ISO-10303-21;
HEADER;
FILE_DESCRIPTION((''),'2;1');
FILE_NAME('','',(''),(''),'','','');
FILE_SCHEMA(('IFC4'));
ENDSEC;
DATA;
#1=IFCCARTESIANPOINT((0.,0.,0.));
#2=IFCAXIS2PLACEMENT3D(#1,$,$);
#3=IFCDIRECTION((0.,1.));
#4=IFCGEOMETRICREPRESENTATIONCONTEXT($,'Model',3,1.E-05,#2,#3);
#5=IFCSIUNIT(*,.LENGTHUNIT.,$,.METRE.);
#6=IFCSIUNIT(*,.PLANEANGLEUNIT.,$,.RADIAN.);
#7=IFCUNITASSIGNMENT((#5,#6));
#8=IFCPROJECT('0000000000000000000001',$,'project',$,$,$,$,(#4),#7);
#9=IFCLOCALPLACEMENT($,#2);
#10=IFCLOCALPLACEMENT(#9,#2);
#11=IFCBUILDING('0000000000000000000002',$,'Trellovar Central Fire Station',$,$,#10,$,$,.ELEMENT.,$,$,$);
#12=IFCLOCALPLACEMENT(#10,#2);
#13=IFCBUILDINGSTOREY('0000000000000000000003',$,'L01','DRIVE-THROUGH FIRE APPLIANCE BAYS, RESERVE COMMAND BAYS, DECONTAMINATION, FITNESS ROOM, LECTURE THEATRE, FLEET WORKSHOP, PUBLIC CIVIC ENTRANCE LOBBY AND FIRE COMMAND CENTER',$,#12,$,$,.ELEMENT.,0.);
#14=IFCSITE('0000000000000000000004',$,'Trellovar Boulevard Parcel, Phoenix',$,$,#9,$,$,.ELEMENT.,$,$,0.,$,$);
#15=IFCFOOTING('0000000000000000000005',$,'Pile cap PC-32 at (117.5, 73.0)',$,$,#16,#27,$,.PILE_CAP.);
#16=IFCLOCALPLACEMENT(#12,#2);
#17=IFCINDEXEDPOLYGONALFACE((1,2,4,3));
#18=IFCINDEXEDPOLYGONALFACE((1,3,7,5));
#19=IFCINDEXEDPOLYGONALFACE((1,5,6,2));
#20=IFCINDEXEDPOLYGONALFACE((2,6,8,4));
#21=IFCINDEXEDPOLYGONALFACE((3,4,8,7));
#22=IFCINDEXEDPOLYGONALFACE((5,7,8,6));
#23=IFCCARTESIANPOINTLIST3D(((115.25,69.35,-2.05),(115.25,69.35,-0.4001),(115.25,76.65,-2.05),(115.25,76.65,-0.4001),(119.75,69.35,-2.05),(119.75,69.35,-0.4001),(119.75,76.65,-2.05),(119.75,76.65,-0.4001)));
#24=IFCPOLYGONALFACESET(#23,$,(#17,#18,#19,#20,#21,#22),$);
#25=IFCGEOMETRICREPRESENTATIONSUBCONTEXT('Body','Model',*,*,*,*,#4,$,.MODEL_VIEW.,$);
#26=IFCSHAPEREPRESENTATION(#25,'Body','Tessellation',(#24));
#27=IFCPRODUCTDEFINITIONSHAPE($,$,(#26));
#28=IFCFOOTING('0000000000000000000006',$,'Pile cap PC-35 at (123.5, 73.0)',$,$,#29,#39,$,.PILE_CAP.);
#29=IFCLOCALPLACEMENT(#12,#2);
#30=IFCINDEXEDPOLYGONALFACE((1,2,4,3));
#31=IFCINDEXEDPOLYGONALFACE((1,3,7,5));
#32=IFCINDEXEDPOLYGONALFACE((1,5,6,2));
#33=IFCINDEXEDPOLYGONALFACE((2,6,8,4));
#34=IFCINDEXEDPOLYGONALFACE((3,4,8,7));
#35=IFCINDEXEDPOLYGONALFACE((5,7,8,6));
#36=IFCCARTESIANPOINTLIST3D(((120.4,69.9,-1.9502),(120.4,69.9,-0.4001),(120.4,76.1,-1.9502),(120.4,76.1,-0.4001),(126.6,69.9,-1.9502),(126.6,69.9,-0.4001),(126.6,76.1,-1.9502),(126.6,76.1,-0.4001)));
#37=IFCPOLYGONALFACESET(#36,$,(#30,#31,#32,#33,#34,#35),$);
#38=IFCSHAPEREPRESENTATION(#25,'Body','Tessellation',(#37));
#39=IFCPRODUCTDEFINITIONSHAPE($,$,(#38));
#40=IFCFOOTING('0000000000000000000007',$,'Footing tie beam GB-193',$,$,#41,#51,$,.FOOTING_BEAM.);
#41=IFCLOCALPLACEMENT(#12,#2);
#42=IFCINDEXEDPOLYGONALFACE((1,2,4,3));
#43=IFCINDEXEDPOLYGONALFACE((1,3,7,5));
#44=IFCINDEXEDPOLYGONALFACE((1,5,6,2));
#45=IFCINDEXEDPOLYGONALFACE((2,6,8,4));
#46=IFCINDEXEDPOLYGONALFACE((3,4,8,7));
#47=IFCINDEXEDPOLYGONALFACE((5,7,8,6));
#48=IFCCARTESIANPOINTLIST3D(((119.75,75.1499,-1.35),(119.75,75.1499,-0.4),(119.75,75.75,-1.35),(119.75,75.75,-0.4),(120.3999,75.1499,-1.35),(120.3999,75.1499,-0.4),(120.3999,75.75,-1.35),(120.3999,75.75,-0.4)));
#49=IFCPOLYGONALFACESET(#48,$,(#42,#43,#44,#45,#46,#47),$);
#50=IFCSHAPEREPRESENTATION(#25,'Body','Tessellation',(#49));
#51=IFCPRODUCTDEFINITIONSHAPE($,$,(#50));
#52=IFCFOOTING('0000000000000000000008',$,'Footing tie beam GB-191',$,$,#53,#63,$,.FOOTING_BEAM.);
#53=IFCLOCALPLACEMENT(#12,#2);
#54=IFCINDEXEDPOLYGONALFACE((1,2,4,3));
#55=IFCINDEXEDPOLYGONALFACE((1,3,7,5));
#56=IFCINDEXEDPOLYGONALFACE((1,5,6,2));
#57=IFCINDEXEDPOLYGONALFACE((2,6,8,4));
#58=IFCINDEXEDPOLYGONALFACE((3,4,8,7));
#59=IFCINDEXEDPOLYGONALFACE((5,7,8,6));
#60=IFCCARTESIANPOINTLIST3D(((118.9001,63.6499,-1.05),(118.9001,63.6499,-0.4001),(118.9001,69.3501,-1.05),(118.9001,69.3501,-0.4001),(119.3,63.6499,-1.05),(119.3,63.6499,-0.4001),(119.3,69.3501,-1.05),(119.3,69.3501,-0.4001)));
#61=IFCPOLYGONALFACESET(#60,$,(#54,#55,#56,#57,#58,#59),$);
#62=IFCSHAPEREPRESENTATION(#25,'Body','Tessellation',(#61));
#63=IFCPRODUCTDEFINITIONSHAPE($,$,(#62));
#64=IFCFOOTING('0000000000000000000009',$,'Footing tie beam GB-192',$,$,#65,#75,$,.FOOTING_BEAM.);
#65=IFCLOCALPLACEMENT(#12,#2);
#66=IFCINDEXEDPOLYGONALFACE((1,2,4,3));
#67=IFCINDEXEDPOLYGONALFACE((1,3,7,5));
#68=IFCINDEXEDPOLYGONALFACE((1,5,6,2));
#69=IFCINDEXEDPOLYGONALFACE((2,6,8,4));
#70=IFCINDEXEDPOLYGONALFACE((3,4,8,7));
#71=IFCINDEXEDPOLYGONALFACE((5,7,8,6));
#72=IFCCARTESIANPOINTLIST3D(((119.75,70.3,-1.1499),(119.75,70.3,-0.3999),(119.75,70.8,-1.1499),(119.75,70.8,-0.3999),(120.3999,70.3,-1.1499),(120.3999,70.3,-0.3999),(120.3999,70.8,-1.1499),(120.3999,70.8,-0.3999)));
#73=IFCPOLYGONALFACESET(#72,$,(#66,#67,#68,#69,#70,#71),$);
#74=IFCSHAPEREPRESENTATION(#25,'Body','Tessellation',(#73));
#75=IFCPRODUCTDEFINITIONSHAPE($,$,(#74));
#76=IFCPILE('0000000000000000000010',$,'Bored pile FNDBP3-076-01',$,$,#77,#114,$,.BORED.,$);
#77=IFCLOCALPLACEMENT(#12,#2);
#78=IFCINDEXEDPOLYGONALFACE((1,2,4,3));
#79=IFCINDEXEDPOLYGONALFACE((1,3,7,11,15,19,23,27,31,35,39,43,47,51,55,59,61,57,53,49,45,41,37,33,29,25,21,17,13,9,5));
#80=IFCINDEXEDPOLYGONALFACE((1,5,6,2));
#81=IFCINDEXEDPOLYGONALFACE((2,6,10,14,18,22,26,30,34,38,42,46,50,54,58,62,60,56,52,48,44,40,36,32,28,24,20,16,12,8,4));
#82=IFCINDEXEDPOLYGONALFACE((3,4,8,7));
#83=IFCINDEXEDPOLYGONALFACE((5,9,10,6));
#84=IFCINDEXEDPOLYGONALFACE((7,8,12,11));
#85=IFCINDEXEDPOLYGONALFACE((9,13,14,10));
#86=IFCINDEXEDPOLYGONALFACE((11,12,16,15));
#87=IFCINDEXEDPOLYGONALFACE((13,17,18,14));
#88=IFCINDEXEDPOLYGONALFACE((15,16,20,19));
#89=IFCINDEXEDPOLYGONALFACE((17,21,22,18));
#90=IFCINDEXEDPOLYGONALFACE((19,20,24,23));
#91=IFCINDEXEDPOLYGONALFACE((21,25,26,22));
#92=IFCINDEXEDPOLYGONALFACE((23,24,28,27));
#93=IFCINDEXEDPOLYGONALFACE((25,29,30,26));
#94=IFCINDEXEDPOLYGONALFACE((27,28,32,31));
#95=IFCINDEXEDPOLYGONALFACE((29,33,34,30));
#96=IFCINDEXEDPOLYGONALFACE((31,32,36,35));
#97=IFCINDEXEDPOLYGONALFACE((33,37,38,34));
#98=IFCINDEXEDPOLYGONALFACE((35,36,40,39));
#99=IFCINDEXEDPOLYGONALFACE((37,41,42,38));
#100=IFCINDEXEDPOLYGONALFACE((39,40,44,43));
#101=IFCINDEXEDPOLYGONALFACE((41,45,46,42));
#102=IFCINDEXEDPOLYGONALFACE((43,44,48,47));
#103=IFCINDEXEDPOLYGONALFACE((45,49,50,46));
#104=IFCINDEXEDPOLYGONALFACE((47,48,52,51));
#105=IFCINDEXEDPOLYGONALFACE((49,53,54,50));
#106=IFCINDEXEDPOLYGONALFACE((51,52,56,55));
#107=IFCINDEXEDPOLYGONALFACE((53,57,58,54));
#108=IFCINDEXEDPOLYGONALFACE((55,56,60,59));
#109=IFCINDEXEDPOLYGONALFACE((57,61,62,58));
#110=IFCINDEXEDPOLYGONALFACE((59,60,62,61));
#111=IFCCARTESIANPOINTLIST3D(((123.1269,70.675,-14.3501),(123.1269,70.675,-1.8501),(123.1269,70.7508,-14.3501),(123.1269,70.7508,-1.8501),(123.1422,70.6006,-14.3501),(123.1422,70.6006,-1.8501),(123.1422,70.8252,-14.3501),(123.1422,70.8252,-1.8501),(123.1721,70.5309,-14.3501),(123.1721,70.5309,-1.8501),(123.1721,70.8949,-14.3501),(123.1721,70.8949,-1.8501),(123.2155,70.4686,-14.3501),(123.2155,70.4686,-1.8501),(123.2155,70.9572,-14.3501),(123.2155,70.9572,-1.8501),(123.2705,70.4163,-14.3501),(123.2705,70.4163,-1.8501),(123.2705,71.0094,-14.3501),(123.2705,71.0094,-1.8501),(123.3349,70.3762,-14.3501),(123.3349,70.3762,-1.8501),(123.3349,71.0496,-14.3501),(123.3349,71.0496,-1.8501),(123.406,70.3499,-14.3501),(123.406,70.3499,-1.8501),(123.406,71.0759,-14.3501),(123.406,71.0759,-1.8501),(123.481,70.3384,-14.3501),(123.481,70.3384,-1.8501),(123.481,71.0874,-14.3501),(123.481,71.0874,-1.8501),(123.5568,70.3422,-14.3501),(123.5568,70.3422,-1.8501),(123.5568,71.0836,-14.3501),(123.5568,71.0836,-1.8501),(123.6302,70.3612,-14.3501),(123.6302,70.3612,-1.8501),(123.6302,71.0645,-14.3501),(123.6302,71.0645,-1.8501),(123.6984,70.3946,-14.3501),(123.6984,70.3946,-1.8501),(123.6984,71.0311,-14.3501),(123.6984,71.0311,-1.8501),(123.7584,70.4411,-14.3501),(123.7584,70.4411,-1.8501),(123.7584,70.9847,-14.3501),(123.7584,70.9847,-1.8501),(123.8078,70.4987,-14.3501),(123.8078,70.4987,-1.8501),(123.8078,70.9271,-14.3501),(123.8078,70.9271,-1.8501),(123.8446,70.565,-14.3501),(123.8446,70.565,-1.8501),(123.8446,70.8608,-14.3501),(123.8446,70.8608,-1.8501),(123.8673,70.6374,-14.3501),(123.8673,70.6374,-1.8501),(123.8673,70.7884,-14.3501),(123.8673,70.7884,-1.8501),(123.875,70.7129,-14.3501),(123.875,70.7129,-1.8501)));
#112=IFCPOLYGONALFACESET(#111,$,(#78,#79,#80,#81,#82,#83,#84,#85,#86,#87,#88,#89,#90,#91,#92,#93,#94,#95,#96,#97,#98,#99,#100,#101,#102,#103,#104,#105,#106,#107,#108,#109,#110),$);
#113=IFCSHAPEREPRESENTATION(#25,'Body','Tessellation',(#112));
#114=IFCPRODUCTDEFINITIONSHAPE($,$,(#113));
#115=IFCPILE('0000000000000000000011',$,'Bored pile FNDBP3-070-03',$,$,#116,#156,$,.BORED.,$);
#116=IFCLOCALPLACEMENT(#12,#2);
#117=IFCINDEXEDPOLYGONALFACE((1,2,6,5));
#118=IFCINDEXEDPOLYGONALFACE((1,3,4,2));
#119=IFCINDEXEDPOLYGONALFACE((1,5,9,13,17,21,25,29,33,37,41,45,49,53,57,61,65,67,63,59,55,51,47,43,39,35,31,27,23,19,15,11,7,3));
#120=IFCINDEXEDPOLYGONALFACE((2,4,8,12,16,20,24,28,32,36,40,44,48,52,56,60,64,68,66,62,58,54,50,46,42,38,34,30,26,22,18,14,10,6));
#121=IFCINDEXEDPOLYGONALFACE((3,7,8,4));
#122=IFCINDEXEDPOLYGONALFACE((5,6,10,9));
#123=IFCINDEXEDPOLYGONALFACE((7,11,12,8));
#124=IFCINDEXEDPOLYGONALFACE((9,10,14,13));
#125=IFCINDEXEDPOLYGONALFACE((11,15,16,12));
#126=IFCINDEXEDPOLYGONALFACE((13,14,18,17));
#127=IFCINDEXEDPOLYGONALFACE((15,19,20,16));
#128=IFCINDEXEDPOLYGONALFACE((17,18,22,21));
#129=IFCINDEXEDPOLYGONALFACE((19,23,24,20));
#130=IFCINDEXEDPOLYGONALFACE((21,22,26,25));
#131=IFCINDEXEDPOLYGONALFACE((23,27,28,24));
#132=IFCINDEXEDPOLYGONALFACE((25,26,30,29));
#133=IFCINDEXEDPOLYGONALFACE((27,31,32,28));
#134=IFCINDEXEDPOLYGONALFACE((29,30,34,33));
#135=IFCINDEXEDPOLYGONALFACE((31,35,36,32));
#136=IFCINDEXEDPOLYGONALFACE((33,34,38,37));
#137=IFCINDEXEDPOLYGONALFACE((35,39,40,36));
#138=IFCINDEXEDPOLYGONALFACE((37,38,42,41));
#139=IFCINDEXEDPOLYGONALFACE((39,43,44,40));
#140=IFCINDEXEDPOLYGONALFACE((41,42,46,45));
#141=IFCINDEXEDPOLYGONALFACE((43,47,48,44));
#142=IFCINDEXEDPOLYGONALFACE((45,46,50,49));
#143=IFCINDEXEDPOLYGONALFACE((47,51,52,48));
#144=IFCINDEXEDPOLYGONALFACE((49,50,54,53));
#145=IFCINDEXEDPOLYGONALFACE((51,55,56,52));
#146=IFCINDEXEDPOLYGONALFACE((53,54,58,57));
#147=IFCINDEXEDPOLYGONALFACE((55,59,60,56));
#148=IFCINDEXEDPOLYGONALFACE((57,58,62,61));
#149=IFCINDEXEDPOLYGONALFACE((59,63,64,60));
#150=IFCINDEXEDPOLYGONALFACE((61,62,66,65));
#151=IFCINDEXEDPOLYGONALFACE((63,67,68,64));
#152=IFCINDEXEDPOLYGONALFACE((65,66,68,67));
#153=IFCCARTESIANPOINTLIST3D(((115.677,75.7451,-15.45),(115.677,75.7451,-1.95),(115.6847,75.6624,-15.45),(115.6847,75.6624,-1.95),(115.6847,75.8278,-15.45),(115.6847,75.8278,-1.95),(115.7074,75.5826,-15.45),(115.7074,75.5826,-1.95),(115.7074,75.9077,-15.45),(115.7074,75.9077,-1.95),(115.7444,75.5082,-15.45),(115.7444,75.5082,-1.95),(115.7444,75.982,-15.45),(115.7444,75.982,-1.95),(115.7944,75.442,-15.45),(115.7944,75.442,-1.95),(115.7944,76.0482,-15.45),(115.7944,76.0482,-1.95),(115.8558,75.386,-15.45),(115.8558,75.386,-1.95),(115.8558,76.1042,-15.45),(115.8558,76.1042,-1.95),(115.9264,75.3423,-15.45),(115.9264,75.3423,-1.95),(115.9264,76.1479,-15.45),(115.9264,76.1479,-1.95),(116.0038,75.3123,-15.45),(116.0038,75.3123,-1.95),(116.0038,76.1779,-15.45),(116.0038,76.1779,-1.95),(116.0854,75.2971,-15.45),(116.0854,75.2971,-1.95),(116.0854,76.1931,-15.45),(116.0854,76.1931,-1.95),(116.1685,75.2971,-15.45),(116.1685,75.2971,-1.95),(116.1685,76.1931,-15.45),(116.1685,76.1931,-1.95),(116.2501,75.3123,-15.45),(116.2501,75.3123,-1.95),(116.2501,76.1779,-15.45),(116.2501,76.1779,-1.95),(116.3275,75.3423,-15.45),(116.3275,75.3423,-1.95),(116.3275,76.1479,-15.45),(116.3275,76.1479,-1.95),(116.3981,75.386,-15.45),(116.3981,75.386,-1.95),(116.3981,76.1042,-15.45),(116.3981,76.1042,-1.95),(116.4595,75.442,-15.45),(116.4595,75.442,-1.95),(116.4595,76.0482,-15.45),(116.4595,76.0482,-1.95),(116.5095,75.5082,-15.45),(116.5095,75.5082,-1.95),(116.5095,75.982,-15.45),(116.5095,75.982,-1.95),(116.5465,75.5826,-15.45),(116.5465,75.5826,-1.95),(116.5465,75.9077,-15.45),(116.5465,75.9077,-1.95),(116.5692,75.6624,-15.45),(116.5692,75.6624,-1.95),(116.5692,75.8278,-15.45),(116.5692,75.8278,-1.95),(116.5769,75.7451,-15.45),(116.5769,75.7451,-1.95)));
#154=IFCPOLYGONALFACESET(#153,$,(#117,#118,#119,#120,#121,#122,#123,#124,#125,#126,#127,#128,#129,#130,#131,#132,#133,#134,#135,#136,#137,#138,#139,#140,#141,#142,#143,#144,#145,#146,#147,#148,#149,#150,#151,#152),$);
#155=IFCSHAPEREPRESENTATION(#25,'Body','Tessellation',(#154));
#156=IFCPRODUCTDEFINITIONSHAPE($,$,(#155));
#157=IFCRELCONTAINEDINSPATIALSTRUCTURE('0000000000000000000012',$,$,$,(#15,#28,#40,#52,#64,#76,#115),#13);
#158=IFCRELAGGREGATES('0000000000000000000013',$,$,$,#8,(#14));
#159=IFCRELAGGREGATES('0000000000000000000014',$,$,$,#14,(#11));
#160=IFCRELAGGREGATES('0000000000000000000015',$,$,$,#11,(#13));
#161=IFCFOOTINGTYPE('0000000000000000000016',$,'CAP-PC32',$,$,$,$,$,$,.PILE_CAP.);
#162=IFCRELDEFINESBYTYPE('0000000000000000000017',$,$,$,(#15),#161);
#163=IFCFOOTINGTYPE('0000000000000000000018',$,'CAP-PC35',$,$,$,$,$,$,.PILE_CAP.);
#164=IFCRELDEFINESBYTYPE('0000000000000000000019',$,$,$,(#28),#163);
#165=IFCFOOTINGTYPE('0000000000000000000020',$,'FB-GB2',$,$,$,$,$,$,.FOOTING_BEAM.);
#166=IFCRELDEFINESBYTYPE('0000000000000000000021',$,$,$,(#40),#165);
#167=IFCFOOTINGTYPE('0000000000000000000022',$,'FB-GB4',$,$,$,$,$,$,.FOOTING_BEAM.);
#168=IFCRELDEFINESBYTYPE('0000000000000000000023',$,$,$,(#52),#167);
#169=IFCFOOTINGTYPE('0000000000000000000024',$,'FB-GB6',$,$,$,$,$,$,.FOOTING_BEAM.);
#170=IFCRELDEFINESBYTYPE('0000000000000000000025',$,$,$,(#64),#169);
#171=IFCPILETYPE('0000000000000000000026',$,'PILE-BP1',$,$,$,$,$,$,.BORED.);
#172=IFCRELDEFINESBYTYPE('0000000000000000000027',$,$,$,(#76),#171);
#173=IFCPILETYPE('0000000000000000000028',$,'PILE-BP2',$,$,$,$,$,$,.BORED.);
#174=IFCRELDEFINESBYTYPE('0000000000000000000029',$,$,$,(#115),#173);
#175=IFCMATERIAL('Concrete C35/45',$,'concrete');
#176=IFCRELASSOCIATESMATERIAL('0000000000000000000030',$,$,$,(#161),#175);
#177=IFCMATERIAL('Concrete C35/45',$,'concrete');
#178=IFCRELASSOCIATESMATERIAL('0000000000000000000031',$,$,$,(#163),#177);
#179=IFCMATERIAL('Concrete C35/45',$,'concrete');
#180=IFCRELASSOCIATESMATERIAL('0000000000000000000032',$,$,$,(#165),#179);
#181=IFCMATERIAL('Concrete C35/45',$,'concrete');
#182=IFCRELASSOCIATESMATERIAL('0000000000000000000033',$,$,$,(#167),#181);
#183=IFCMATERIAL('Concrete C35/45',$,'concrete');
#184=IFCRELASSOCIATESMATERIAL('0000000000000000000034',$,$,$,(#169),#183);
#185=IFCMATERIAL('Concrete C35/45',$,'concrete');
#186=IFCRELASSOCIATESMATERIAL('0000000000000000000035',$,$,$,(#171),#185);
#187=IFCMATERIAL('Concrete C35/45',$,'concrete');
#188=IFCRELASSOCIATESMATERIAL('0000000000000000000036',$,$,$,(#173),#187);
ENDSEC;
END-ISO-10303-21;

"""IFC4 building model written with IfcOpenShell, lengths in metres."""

from ifc_helpers import new_model, si_unit, direction, frame, origin, origin_2d, place, context, subcontext, project, spatial, rectangle, circle, extrude, material, material_profile, profile_set, type_object, element, save


model = new_model("IFC4")

# Units and contexts
model_context = context("Model", 3, precision=1e-05, world=origin(), true_north=direction((0.0, 1.0)))
body_context = subcontext(model_context, "Body", "Model", "MODEL_VIEW")
ifc_project = project(units=[si_unit("LENGTHUNIT", "METRE"), si_unit("PLANEANGLEUNIT", "RADIAN")], contexts=[model_context])

# Site, building, storey
site_placement = place(None, origin())
site = spatial("IfcSite", under=ifc_project, at=site_placement, Name="Trellovar Boulevard Parcel, Phoenix", CompositionType="ELEMENT", RefElevation=0.0)
building_placement = place(site_placement, origin())
building = spatial("IfcBuilding", under=site, at=building_placement, Name="Trellovar Central Fire Station", CompositionType="ELEMENT")
storey_placement = place(building_placement, origin())
storey = spatial("IfcBuildingStorey", under=building, at=storey_placement, Name="L01", Description="DRIVE-THROUGH FIRE APPLIANCE BAYS, RESERVE COMMAND BAYS, DECONTAMINATION, FITNESS ROOM, LECTURE THEATRE, FLEET WORKSHOP, PUBLIC CIVIC ENTRANCE LOBBY AND FIRE COMMAND CENTER", CompositionType="ELEMENT", Elevation=0.0)

# Footings
ifc_material_1 = material(Name="Concrete C35/45", Category="concrete")
footing_type_1 = type_object("IfcFootingType", Name="CAP-PC32", PredefinedType="PILE_CAP", material=ifc_material_1)
footing_1_placement = place(storey_placement, frame((117.5, 73.0, -2.05), z_axis=(0.0, 0.0, 1.0), x_axis=(1.0, 0.0, 0.0)))
element("IfcFooting", 1, at=footing_1_placement, inside=storey, type_object=footing_type_1, Name="Pile cap PC-32 at (117.5, 73.0)", PredefinedType="PILE_CAP", context=body_context, shape_type="SweptSolid", body=[
    extrude(rectangle(XDim=4.5, YDim=7.3, at=origin_2d()), origin(), (0.0, 0.0, 1.0), 1.6499),
])
ifc_material_2 = material(Name="Concrete C35/45", Category="concrete")
footing_type_2 = type_object("IfcFootingType", Name="CAP-PC35", PredefinedType="PILE_CAP", material=ifc_material_2)
footing_2_placement = place(storey_placement, frame((123.5, 73.0, -1.9502), z_axis=(0.0, 0.0, 1.0), x_axis=(1.0, 0.0, 0.0)))
element("IfcFooting", 2, at=footing_2_placement, inside=storey, type_object=footing_type_2, Name="Pile cap PC-35 at (123.5, 73.0)", PredefinedType="PILE_CAP", context=body_context, shape_type="SweptSolid", body=[
    extrude(rectangle(XDim=6.2, YDim=6.2, at=origin_2d()), origin(), (0.0, 0.0, 1.0), 1.55),
])
ifc_material_3 = material(Name="Concrete C35/45", Category="concrete")
ifc_material_profile_1 = material_profile(ifc_material_3, rectangle(XDim=0.6001, YDim=0.95, at=origin_2d()), Name="RC600X950")
ifc_profile_set_1 = profile_set([ifc_material_profile_1], Name="Concrete C35/45")
footing_type_3 = type_object("IfcFootingType", Name="FB-GB2", PredefinedType="FOOTING_BEAM", material=ifc_profile_set_1)
footing_3_placement = place(storey_placement, frame((119.75, 75.45, -0.875), z_axis=(1.0, 0.0, 0.0), x_axis=(0.0, 1.0, 0.0)))
element("IfcFooting", 3, at=footing_3_placement, inside=storey, type_object=footing_type_3, Name="Footing tie beam GB-193", PredefinedType="FOOTING_BEAM", context=body_context, shape_type="SweptSolid", body=[
    extrude(rectangle(XDim=0.6001, YDim=0.95, at=origin_2d()), origin(), (0.0, 0.0, 1.0), 0.6499),
])
ifc_material_4 = material(Name="Concrete C35/45", Category="concrete")
ifc_material_profile_2 = material_profile(ifc_material_4, rectangle(XDim=0.3999, YDim=0.6499, at=origin_2d()), Name="RC400X650")
ifc_profile_set_2 = profile_set([ifc_material_profile_2], Name="Concrete C35/45")
footing_type_4 = type_object("IfcFootingType", Name="FB-GB4", PredefinedType="FOOTING_BEAM", material=ifc_profile_set_2)
footing_4_placement = place(storey_placement, frame((119.1001, 63.6499, -0.7251), z_axis=(0.0, 1.0, 0.0), x_axis=(-1.0, 0.0, 0.0)))
element("IfcFooting", 4, at=footing_4_placement, inside=storey, type_object=footing_type_4, Name="Footing tie beam GB-191", PredefinedType="FOOTING_BEAM", context=body_context, shape_type="SweptSolid", body=[
    extrude(rectangle(XDim=0.3999, YDim=0.6499, at=origin_2d()), origin(), (0.0, 0.0, 1.0), 5.7002),
])
ifc_material_5 = material(Name="Concrete C35/45", Category="concrete")
ifc_material_profile_3 = material_profile(ifc_material_5, rectangle(XDim=0.5, YDim=0.75, at=origin_2d()), Name="RC500X750")
ifc_profile_set_3 = profile_set([ifc_material_profile_3], Name="Concrete C35/45")
footing_type_5 = type_object("IfcFootingType", Name="FB-GB6", PredefinedType="FOOTING_BEAM", material=ifc_profile_set_3)
footing_5_placement = place(storey_placement, frame((119.75, 70.55, -0.7749), z_axis=(1.0, 0.0, 0.0), x_axis=(0.0, 1.0, 0.0)))
element("IfcFooting", 5, at=footing_5_placement, inside=storey, type_object=footing_type_5, Name="Footing tie beam GB-192", PredefinedType="FOOTING_BEAM", context=body_context, shape_type="SweptSolid", body=[
    extrude(rectangle(XDim=0.5, YDim=0.75, at=origin_2d()), origin(), (0.0, 0.0, 1.0), 0.6499),
])

# Piles
ifc_material_6 = material(Name="Concrete C35/45", Category="concrete")
ifc_material_profile_4 = material_profile(ifc_material_6, circle(Radius=0.375, at=origin_2d()), Name="PILE750")
ifc_profile_set_4 = profile_set([ifc_material_profile_4], Name="Concrete C35/45")
pile_type_1 = type_object("IfcPileType", Name="PILE-BP1", PredefinedType="BORED", material=ifc_profile_set_4)
pile_placement = place(storey_placement, frame((123.5, 70.7129, -1.8501), z_axis=(0.0, 0.0, -1.0), x_axis=(1.0, 0.0, 0.0)))
element("IfcPile", 6, at=pile_placement, inside=storey, type_object=pile_type_1, Name="Bored pile FNDBP3-076-01", PredefinedType="BORED", context=body_context, shape_type="SweptSolid", body=[
    extrude(circle(Radius=0.375, at=origin_2d()), origin(), (0.0, 0.0, 1.0), 12.5),
])
ifc_material_7 = material(Name="Concrete C35/45", Category="concrete")
ifc_material_profile_5 = material_profile(ifc_material_7, circle(Radius=0.45, at=origin_2d()), Name="PILE900")
ifc_profile_set_5 = profile_set([ifc_material_profile_5], Name="Concrete C35/45")
pile_type_2 = type_object("IfcPileType", Name="PILE-BP2", PredefinedType="BORED", material=ifc_profile_set_5)
for number, where, z_axis, x_axis, name in (
    (7, (116.127, 75.7451, -1.95), (0.0, 0.0, -1.0), (1.0, 0.0, 0.0), "Bored pile FNDBP3-070-03"),
):
    element("IfcPile", number, at=place(storey_placement, frame(where, z_axis=z_axis, x_axis=x_axis)), inside=storey, type_object=pile_type_2, Name=name, PredefinedType="BORED", context=body_context, shape_type="SweptSolid", body=[
        extrude(circle(Radius=0.45, at=origin_2d()), origin(), (0.0, 0.0, 1.0), 13.5),
    ])

save(model, "model.ifc")
